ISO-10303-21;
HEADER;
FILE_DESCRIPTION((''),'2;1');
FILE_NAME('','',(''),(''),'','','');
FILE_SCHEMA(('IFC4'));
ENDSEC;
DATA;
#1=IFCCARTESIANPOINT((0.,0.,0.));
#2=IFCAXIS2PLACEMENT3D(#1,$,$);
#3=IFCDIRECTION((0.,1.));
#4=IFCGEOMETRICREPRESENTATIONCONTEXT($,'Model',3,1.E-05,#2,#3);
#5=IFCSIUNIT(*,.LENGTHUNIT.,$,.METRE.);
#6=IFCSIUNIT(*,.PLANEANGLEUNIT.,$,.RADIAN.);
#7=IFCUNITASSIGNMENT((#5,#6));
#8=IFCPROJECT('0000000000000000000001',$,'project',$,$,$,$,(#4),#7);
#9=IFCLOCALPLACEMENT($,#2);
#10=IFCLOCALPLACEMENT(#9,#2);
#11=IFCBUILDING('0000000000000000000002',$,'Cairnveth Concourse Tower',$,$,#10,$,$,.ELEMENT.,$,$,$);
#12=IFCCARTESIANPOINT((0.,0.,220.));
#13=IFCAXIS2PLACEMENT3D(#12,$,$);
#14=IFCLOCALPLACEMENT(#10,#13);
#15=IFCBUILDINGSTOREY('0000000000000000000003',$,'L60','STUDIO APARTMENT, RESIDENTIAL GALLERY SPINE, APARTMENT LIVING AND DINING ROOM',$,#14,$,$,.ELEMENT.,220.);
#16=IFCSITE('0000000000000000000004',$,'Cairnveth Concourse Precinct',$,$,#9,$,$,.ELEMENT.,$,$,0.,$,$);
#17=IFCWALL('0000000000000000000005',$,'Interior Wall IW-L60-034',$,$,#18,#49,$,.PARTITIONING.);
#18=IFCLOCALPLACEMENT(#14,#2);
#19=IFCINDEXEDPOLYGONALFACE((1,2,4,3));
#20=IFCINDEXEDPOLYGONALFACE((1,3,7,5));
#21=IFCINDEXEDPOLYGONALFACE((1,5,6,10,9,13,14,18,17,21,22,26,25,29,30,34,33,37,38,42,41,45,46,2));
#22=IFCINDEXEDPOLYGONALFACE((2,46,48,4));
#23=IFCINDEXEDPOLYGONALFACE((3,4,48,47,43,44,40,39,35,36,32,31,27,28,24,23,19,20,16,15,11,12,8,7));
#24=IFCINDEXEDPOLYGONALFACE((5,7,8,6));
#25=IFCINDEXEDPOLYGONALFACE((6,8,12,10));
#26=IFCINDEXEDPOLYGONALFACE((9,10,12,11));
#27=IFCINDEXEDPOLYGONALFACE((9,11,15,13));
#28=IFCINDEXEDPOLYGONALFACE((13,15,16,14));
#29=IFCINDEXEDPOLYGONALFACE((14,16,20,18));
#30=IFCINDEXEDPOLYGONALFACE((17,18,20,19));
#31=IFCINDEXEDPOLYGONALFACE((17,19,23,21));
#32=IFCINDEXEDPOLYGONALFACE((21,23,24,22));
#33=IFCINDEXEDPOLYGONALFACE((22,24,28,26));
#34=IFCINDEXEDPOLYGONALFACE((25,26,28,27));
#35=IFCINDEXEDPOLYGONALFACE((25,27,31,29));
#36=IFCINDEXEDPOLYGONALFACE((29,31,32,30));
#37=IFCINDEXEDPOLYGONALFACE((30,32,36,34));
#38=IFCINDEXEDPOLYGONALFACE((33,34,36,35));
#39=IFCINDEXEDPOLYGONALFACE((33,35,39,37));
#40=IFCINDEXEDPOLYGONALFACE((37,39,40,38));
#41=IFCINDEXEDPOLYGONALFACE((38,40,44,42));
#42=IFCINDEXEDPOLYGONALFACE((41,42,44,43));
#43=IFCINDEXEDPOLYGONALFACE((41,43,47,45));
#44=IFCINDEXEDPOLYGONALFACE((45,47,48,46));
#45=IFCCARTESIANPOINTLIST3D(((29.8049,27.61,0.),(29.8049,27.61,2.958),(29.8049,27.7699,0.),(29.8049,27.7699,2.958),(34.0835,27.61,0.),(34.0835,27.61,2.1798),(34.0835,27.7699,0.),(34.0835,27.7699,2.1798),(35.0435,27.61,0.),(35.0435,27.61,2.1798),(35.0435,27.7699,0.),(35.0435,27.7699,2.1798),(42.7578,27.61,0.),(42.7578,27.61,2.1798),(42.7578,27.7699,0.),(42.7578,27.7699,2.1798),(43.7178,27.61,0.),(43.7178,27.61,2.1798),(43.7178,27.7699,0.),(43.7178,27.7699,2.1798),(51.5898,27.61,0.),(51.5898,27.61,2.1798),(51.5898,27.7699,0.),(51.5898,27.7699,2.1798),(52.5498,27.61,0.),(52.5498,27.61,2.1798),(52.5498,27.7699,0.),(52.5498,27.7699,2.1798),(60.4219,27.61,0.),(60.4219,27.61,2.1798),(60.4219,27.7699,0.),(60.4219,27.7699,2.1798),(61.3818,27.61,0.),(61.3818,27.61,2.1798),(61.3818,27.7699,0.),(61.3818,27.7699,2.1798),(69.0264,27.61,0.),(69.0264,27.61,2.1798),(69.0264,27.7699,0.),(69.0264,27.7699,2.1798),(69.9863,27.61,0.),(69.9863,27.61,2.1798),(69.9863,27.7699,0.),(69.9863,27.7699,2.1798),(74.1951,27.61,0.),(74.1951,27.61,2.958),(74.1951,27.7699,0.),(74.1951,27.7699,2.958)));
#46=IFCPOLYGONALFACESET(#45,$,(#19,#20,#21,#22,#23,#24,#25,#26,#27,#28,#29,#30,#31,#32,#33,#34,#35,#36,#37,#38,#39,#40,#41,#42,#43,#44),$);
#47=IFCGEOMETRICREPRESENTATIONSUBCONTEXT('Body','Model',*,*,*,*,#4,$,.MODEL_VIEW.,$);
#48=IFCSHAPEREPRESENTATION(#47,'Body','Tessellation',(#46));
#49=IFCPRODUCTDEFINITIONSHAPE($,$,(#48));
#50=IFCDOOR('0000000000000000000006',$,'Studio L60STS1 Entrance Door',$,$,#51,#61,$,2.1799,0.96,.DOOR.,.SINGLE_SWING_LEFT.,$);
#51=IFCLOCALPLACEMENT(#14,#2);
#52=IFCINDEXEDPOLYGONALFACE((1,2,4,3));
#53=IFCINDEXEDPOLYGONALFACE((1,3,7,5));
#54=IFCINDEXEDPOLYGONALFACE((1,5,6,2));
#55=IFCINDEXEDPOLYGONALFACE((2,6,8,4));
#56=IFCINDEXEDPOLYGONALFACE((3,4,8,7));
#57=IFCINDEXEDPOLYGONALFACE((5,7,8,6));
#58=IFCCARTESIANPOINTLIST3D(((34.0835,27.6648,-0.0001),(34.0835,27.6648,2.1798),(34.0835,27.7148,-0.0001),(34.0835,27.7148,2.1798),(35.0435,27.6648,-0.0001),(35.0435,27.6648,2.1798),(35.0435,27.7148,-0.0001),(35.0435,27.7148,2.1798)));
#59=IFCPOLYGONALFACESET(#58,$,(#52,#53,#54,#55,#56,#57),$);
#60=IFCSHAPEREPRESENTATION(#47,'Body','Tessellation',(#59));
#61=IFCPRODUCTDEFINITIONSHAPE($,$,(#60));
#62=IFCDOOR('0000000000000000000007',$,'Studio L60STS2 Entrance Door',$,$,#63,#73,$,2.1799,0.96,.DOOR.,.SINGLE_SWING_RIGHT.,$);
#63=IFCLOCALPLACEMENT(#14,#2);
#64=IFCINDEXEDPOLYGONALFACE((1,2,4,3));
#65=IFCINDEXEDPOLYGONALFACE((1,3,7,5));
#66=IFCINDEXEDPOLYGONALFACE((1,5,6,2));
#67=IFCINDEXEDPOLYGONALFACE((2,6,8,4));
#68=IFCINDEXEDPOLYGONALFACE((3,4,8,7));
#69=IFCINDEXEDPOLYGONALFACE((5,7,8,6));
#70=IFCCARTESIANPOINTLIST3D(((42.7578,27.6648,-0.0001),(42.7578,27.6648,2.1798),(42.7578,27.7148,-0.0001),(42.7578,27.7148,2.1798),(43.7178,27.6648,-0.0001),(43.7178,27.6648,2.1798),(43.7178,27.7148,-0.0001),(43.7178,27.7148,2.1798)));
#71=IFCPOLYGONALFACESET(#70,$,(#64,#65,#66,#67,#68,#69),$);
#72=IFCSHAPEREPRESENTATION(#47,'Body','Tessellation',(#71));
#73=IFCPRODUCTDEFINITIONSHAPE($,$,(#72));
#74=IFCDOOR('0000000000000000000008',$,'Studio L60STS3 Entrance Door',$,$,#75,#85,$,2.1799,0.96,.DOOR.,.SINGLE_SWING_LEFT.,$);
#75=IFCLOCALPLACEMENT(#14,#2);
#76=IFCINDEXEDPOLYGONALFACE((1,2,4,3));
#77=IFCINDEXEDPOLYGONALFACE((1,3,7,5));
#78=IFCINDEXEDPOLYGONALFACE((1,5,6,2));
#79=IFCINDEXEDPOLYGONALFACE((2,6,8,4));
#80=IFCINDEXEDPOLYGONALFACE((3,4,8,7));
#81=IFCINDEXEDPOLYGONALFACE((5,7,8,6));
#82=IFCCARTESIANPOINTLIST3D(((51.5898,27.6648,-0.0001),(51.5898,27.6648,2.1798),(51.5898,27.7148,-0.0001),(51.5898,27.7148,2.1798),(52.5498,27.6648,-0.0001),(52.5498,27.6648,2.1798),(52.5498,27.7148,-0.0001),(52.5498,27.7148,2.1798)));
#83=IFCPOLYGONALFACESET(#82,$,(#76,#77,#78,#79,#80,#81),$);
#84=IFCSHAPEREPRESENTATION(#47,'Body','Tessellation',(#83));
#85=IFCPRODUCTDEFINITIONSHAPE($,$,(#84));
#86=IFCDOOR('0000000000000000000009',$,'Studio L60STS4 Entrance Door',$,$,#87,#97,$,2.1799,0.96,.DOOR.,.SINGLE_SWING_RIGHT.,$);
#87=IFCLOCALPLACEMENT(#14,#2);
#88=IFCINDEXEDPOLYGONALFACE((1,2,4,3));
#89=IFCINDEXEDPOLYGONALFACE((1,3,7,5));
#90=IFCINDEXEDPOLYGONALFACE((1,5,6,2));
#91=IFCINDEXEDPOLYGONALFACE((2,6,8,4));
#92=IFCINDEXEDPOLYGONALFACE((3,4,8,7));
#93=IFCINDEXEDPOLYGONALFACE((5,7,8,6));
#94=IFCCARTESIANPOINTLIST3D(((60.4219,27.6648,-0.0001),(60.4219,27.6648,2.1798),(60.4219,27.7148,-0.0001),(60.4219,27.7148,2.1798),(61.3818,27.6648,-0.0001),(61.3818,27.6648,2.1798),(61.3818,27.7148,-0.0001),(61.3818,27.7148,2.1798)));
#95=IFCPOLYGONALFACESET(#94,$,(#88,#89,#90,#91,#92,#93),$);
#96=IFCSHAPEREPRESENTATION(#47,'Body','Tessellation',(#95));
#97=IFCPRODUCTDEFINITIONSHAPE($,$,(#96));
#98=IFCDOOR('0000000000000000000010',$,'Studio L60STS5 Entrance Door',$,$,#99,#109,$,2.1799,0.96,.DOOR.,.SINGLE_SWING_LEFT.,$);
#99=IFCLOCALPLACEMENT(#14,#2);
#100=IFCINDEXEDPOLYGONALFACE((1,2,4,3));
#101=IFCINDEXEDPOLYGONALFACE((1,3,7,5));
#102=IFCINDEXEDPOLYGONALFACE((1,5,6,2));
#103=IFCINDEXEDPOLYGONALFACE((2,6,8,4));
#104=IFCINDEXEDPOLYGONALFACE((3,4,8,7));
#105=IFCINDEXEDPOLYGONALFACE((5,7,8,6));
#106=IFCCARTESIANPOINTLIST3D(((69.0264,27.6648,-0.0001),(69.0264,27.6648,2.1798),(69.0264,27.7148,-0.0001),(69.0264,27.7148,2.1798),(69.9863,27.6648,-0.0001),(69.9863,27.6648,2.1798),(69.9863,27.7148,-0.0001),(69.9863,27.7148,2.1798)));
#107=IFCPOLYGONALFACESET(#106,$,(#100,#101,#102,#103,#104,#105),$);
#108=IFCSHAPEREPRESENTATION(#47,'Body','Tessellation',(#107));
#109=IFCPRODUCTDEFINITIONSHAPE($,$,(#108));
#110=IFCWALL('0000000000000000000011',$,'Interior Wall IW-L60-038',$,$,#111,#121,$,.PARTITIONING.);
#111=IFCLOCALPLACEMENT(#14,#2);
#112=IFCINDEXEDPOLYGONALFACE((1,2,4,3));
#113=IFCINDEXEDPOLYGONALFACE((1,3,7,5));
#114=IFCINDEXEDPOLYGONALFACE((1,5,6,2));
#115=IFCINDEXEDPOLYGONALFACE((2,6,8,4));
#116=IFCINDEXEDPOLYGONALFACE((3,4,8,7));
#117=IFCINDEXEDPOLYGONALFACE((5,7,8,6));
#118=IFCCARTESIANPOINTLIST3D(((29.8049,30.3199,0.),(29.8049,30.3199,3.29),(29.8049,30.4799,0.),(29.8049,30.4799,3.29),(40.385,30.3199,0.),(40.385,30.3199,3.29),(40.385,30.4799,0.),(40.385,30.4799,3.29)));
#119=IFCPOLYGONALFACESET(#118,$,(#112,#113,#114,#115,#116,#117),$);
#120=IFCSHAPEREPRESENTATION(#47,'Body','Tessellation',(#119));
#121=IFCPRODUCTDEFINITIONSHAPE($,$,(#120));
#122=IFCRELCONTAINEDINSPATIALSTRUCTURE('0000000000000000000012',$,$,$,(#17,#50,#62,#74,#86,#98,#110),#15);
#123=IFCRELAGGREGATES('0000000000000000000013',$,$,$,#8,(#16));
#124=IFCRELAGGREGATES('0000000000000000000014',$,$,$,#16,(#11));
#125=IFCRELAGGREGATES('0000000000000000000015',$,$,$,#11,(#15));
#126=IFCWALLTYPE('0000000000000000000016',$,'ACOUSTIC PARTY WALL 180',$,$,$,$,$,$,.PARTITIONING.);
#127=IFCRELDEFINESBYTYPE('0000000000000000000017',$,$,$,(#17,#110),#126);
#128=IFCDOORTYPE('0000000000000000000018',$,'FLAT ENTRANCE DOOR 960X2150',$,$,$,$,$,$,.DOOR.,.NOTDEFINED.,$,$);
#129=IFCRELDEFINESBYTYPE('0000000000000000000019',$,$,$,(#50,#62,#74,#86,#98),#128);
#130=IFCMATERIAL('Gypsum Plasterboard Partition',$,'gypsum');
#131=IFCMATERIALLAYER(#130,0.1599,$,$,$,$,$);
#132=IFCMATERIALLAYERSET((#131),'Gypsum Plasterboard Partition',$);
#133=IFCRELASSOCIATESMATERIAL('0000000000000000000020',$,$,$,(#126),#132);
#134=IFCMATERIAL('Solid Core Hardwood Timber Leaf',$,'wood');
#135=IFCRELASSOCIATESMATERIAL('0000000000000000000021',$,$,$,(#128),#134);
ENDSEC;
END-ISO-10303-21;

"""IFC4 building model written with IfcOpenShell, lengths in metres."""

from ifc_helpers import new_model, si_unit, direction, frame, frame_2d, origin, place, context, subcontext, project, spatial, rectangle, extrude, material, layer, layer_set, type_object, element, fill, save


model = new_model("IFC4")

# Units and contexts
model_context = context("Model", 3, precision=1e-05, world=origin(), true_north=direction((0.0, 1.0)))
body_context = subcontext(model_context, "Body", "Model", "MODEL_VIEW")
ifc_project = project(units=[si_unit("LENGTHUNIT", "METRE"), si_unit("PLANEANGLEUNIT", "RADIAN")], contexts=[model_context])

# Site, building, storey
site_placement = place(None, origin())
site = spatial("IfcSite", under=ifc_project, at=site_placement, Name="Cairnveth Concourse Precinct", CompositionType="ELEMENT", RefElevation=0.0)
building_placement = place(site_placement, origin())
building = spatial("IfcBuilding", under=site, at=building_placement, Name="Cairnveth Concourse Tower", CompositionType="ELEMENT")
storey_placement = place(building_placement, frame((0.0, 0.0, 220.0)))
storey = spatial("IfcBuildingStorey", under=building, at=storey_placement, Name="L60", Description="STUDIO APARTMENT, RESIDENTIAL GALLERY SPINE, APARTMENT LIVING AND DINING ROOM", CompositionType="ELEMENT", Elevation=220.0)

# Wall, openings, doors
ifc_material_1 = material(Name="Gypsum Plasterboard Partition", Category="gypsum")
ifc_layer_1 = layer(ifc_material_1, 0.1599)
ifc_layer_set_1 = layer_set([ifc_layer_1], Name="Gypsum Plasterboard Partition")
wall_type_1 = type_object("IfcWallType", Name="ACOUSTIC PARTY WALL 180", PredefinedType="PARTITIONING", material=ifc_layer_set_1)
wall_1_placement = place(storey_placement, frame((29.8049, 27.6899, 0.0), z_axis=(0.0, 0.0, 1.0), x_axis=(1.0, 0.0, 0.0)))
wall_1 = element("IfcWall", 1, at=wall_1_placement, inside=storey, type_object=wall_type_1, Name="Interior Wall IW-L60-034", PredefinedType="PARTITIONING", context=body_context, shape_type="SweptSolid", body=[
    extrude(rectangle(XDim=44.3901, YDim=0.1599, at=frame_2d((22.1951, 0.0))), origin(), (0.0, 0.0, 1.0), 2.958),
])
opening_1_placement = place(wall_1_placement, frame((4.2786, 0.0, 0.0)))
opening_1 = element("IfcOpeningElement", 2, at=opening_1_placement, cuts=wall_1, PredefinedType="OPENING", context=body_context, shape_type="SweptSolid", body=[
    extrude(rectangle(XDim=0.96, YDim=2.1799, at=frame_2d((0.48, 1.0898))), frame((0.0, 0.0898, 0.0), z_axis=(0.0, -1.0, 0.0), x_axis=(1.0, 0.0, 0.0)), (0.0, 0.0, 1.0), 0.1799),
])
opening_2_placement = place(wall_1_placement, frame((12.9529, 0.0, 0.0)))
opening_2 = element("IfcOpeningElement", 3, at=opening_2_placement, cuts=wall_1, PredefinedType="OPENING", context=body_context, shape_type="SweptSolid", body=[
    extrude(rectangle(XDim=0.96, YDim=2.1799, at=frame_2d((0.48, 1.0898))), frame((0.0, 0.0898, 0.0), z_axis=(0.0, -1.0, 0.0), x_axis=(1.0, 0.0, 0.0)), (0.0, 0.0, 1.0), 0.1799),
])
opening_3_placement = place(wall_1_placement, frame((21.7849, 0.0, 0.0)))
opening_3 = element("IfcOpeningElement", 4, at=opening_3_placement, cuts=wall_1, PredefinedType="OPENING", context=body_context, shape_type="SweptSolid", body=[
    extrude(rectangle(XDim=0.96, YDim=2.1799, at=frame_2d((0.48, 1.0898))), frame((0.0, 0.0898, 0.0), z_axis=(0.0, -1.0, 0.0), x_axis=(1.0, 0.0, 0.0)), (0.0, 0.0, 1.0), 0.1799),
])
opening_4_placement = place(wall_1_placement, frame((30.6169, 0.0, 0.0)))
opening_4 = element("IfcOpeningElement", 5, at=opening_4_placement, cuts=wall_1, PredefinedType="OPENING", context=body_context, shape_type="SweptSolid", body=[
    extrude(rectangle(XDim=0.96, YDim=2.1799, at=frame_2d((0.48, 1.0898))), frame((0.0, 0.0898, 0.0), z_axis=(0.0, -1.0, 0.0), x_axis=(1.0, 0.0, 0.0)), (0.0, 0.0, 1.0), 0.1799),
])
opening_5_placement = place(wall_1_placement, frame((39.2214, 0.0, 0.0)))
opening_5 = element("IfcOpeningElement", 6, at=opening_5_placement, cuts=wall_1, PredefinedType="OPENING", context=body_context, shape_type="SweptSolid", body=[
    extrude(rectangle(XDim=0.96, YDim=2.1799, at=frame_2d((0.48, 1.0898))), frame((0.0, 0.0898, 0.0), z_axis=(0.0, -1.0, 0.0), x_axis=(1.0, 0.0, 0.0)), (0.0, 0.0, 1.0), 0.1799),
])
ifc_material_2 = material(Name="Solid Core Hardwood Timber Leaf", Category="wood")
door_type = type_object("IfcDoorType", Name="FLAT ENTRANCE DOOR 960X2150", OperationType="NOTDEFINED", PredefinedType="DOOR", material=ifc_material_2)
door_1_placement = place(opening_1_placement, origin())
door_1 = element("IfcDoor", 7, at=door_1_placement, inside=storey, type_object=door_type, Name="Studio L60STS1 Entrance Door", OperationType="SINGLE_SWING_LEFT", OverallHeight=2.1799, OverallWidth=0.96, PredefinedType="DOOR", context=body_context, shape_type="SweptSolid", body=[
    extrude(rectangle(XDim=0.96, YDim=2.1799, at=frame_2d((0.48, 1.0898))), frame((0.0, 0.0249, 0.0), z_axis=(0.0, -1.0, 0.0), x_axis=(1.0, 0.0, 0.0)), (0.0, 0.0, 1.0), 0.05),
])
fill(opening_1, door_1)
door_2_placement = place(opening_2_placement, origin())
door_2 = element("IfcDoor", 8, at=door_2_placement, inside=storey, type_object=door_type, Name="Studio L60STS2 Entrance Door", OperationType="SINGLE_SWING_RIGHT", OverallHeight=2.1799, OverallWidth=0.96, PredefinedType="DOOR", context=body_context, shape_type="SweptSolid", body=[
    extrude(rectangle(XDim=0.96, YDim=2.1799, at=frame_2d((0.48, 1.0898))), frame((0.0, 0.0249, 0.0), z_axis=(0.0, -1.0, 0.0), x_axis=(1.0, 0.0, 0.0)), (0.0, 0.0, 1.0), 0.05),
])
fill(opening_2, door_2)
door_3_placement = place(opening_3_placement, origin())
door_3 = element("IfcDoor", 9, at=door_3_placement, inside=storey, type_object=door_type, Name="Studio L60STS3 Entrance Door", OperationType="SINGLE_SWING_LEFT", OverallHeight=2.1799, OverallWidth=0.96, PredefinedType="DOOR", context=body_context, shape_type="SweptSolid", body=[
    extrude(rectangle(XDim=0.96, YDim=2.1799, at=frame_2d((0.48, 1.0898))), frame((0.0, 0.0249, 0.0), z_axis=(0.0, -1.0, 0.0), x_axis=(1.0, 0.0, 0.0)), (0.0, 0.0, 1.0), 0.05),
])
fill(opening_3, door_3)
door_4_placement = place(opening_4_placement, origin())
door_4 = element("IfcDoor", 10, at=door_4_placement, inside=storey, type_object=door_type, Name="Studio L60STS4 Entrance Door", OperationType="SINGLE_SWING_RIGHT", OverallHeight=2.1799, OverallWidth=0.96, PredefinedType="DOOR", context=body_context, shape_type="SweptSolid", body=[
    extrude(rectangle(XDim=0.96, YDim=2.1799, at=frame_2d((0.48, 1.0898))), frame((0.0, 0.0249, 0.0), z_axis=(0.0, -1.0, 0.0), x_axis=(1.0, 0.0, 0.0)), (0.0, 0.0, 1.0), 0.05),
])
fill(opening_4, door_4)
door_5_placement = place(opening_5_placement, origin())
door_5 = element("IfcDoor", 11, at=door_5_placement, inside=storey, type_object=door_type, Name="Studio L60STS5 Entrance Door", OperationType="SINGLE_SWING_LEFT", OverallHeight=2.1799, OverallWidth=0.96, PredefinedType="DOOR", context=body_context, shape_type="SweptSolid", body=[
    extrude(rectangle(XDim=0.96, YDim=2.1799, at=frame_2d((0.48, 1.0898))), frame((0.0, 0.0249, 0.0), z_axis=(0.0, -1.0, 0.0), x_axis=(1.0, 0.0, 0.0)), (0.0, 0.0, 1.0), 0.05),
])
fill(opening_5, door_5)

# Wall
wall_2_placement = place(storey_placement, frame((29.8049, 30.3999, 0.0), z_axis=(0.0, 0.0, 1.0), x_axis=(1.0, 0.0, 0.0)))
element("IfcWall", 12, at=wall_2_placement, inside=storey, type_object=wall_type_1, Name="Interior Wall IW-L60-038", PredefinedType="PARTITIONING", context=body_context, shape_type="SweptSolid", body=[
    extrude(rectangle(XDim=10.5801, YDim=0.1599, at=frame_2d((5.29, 0.0))), origin(), (0.0, 0.0, 1.0), 3.29),
])

save(model, "model.ifc")
